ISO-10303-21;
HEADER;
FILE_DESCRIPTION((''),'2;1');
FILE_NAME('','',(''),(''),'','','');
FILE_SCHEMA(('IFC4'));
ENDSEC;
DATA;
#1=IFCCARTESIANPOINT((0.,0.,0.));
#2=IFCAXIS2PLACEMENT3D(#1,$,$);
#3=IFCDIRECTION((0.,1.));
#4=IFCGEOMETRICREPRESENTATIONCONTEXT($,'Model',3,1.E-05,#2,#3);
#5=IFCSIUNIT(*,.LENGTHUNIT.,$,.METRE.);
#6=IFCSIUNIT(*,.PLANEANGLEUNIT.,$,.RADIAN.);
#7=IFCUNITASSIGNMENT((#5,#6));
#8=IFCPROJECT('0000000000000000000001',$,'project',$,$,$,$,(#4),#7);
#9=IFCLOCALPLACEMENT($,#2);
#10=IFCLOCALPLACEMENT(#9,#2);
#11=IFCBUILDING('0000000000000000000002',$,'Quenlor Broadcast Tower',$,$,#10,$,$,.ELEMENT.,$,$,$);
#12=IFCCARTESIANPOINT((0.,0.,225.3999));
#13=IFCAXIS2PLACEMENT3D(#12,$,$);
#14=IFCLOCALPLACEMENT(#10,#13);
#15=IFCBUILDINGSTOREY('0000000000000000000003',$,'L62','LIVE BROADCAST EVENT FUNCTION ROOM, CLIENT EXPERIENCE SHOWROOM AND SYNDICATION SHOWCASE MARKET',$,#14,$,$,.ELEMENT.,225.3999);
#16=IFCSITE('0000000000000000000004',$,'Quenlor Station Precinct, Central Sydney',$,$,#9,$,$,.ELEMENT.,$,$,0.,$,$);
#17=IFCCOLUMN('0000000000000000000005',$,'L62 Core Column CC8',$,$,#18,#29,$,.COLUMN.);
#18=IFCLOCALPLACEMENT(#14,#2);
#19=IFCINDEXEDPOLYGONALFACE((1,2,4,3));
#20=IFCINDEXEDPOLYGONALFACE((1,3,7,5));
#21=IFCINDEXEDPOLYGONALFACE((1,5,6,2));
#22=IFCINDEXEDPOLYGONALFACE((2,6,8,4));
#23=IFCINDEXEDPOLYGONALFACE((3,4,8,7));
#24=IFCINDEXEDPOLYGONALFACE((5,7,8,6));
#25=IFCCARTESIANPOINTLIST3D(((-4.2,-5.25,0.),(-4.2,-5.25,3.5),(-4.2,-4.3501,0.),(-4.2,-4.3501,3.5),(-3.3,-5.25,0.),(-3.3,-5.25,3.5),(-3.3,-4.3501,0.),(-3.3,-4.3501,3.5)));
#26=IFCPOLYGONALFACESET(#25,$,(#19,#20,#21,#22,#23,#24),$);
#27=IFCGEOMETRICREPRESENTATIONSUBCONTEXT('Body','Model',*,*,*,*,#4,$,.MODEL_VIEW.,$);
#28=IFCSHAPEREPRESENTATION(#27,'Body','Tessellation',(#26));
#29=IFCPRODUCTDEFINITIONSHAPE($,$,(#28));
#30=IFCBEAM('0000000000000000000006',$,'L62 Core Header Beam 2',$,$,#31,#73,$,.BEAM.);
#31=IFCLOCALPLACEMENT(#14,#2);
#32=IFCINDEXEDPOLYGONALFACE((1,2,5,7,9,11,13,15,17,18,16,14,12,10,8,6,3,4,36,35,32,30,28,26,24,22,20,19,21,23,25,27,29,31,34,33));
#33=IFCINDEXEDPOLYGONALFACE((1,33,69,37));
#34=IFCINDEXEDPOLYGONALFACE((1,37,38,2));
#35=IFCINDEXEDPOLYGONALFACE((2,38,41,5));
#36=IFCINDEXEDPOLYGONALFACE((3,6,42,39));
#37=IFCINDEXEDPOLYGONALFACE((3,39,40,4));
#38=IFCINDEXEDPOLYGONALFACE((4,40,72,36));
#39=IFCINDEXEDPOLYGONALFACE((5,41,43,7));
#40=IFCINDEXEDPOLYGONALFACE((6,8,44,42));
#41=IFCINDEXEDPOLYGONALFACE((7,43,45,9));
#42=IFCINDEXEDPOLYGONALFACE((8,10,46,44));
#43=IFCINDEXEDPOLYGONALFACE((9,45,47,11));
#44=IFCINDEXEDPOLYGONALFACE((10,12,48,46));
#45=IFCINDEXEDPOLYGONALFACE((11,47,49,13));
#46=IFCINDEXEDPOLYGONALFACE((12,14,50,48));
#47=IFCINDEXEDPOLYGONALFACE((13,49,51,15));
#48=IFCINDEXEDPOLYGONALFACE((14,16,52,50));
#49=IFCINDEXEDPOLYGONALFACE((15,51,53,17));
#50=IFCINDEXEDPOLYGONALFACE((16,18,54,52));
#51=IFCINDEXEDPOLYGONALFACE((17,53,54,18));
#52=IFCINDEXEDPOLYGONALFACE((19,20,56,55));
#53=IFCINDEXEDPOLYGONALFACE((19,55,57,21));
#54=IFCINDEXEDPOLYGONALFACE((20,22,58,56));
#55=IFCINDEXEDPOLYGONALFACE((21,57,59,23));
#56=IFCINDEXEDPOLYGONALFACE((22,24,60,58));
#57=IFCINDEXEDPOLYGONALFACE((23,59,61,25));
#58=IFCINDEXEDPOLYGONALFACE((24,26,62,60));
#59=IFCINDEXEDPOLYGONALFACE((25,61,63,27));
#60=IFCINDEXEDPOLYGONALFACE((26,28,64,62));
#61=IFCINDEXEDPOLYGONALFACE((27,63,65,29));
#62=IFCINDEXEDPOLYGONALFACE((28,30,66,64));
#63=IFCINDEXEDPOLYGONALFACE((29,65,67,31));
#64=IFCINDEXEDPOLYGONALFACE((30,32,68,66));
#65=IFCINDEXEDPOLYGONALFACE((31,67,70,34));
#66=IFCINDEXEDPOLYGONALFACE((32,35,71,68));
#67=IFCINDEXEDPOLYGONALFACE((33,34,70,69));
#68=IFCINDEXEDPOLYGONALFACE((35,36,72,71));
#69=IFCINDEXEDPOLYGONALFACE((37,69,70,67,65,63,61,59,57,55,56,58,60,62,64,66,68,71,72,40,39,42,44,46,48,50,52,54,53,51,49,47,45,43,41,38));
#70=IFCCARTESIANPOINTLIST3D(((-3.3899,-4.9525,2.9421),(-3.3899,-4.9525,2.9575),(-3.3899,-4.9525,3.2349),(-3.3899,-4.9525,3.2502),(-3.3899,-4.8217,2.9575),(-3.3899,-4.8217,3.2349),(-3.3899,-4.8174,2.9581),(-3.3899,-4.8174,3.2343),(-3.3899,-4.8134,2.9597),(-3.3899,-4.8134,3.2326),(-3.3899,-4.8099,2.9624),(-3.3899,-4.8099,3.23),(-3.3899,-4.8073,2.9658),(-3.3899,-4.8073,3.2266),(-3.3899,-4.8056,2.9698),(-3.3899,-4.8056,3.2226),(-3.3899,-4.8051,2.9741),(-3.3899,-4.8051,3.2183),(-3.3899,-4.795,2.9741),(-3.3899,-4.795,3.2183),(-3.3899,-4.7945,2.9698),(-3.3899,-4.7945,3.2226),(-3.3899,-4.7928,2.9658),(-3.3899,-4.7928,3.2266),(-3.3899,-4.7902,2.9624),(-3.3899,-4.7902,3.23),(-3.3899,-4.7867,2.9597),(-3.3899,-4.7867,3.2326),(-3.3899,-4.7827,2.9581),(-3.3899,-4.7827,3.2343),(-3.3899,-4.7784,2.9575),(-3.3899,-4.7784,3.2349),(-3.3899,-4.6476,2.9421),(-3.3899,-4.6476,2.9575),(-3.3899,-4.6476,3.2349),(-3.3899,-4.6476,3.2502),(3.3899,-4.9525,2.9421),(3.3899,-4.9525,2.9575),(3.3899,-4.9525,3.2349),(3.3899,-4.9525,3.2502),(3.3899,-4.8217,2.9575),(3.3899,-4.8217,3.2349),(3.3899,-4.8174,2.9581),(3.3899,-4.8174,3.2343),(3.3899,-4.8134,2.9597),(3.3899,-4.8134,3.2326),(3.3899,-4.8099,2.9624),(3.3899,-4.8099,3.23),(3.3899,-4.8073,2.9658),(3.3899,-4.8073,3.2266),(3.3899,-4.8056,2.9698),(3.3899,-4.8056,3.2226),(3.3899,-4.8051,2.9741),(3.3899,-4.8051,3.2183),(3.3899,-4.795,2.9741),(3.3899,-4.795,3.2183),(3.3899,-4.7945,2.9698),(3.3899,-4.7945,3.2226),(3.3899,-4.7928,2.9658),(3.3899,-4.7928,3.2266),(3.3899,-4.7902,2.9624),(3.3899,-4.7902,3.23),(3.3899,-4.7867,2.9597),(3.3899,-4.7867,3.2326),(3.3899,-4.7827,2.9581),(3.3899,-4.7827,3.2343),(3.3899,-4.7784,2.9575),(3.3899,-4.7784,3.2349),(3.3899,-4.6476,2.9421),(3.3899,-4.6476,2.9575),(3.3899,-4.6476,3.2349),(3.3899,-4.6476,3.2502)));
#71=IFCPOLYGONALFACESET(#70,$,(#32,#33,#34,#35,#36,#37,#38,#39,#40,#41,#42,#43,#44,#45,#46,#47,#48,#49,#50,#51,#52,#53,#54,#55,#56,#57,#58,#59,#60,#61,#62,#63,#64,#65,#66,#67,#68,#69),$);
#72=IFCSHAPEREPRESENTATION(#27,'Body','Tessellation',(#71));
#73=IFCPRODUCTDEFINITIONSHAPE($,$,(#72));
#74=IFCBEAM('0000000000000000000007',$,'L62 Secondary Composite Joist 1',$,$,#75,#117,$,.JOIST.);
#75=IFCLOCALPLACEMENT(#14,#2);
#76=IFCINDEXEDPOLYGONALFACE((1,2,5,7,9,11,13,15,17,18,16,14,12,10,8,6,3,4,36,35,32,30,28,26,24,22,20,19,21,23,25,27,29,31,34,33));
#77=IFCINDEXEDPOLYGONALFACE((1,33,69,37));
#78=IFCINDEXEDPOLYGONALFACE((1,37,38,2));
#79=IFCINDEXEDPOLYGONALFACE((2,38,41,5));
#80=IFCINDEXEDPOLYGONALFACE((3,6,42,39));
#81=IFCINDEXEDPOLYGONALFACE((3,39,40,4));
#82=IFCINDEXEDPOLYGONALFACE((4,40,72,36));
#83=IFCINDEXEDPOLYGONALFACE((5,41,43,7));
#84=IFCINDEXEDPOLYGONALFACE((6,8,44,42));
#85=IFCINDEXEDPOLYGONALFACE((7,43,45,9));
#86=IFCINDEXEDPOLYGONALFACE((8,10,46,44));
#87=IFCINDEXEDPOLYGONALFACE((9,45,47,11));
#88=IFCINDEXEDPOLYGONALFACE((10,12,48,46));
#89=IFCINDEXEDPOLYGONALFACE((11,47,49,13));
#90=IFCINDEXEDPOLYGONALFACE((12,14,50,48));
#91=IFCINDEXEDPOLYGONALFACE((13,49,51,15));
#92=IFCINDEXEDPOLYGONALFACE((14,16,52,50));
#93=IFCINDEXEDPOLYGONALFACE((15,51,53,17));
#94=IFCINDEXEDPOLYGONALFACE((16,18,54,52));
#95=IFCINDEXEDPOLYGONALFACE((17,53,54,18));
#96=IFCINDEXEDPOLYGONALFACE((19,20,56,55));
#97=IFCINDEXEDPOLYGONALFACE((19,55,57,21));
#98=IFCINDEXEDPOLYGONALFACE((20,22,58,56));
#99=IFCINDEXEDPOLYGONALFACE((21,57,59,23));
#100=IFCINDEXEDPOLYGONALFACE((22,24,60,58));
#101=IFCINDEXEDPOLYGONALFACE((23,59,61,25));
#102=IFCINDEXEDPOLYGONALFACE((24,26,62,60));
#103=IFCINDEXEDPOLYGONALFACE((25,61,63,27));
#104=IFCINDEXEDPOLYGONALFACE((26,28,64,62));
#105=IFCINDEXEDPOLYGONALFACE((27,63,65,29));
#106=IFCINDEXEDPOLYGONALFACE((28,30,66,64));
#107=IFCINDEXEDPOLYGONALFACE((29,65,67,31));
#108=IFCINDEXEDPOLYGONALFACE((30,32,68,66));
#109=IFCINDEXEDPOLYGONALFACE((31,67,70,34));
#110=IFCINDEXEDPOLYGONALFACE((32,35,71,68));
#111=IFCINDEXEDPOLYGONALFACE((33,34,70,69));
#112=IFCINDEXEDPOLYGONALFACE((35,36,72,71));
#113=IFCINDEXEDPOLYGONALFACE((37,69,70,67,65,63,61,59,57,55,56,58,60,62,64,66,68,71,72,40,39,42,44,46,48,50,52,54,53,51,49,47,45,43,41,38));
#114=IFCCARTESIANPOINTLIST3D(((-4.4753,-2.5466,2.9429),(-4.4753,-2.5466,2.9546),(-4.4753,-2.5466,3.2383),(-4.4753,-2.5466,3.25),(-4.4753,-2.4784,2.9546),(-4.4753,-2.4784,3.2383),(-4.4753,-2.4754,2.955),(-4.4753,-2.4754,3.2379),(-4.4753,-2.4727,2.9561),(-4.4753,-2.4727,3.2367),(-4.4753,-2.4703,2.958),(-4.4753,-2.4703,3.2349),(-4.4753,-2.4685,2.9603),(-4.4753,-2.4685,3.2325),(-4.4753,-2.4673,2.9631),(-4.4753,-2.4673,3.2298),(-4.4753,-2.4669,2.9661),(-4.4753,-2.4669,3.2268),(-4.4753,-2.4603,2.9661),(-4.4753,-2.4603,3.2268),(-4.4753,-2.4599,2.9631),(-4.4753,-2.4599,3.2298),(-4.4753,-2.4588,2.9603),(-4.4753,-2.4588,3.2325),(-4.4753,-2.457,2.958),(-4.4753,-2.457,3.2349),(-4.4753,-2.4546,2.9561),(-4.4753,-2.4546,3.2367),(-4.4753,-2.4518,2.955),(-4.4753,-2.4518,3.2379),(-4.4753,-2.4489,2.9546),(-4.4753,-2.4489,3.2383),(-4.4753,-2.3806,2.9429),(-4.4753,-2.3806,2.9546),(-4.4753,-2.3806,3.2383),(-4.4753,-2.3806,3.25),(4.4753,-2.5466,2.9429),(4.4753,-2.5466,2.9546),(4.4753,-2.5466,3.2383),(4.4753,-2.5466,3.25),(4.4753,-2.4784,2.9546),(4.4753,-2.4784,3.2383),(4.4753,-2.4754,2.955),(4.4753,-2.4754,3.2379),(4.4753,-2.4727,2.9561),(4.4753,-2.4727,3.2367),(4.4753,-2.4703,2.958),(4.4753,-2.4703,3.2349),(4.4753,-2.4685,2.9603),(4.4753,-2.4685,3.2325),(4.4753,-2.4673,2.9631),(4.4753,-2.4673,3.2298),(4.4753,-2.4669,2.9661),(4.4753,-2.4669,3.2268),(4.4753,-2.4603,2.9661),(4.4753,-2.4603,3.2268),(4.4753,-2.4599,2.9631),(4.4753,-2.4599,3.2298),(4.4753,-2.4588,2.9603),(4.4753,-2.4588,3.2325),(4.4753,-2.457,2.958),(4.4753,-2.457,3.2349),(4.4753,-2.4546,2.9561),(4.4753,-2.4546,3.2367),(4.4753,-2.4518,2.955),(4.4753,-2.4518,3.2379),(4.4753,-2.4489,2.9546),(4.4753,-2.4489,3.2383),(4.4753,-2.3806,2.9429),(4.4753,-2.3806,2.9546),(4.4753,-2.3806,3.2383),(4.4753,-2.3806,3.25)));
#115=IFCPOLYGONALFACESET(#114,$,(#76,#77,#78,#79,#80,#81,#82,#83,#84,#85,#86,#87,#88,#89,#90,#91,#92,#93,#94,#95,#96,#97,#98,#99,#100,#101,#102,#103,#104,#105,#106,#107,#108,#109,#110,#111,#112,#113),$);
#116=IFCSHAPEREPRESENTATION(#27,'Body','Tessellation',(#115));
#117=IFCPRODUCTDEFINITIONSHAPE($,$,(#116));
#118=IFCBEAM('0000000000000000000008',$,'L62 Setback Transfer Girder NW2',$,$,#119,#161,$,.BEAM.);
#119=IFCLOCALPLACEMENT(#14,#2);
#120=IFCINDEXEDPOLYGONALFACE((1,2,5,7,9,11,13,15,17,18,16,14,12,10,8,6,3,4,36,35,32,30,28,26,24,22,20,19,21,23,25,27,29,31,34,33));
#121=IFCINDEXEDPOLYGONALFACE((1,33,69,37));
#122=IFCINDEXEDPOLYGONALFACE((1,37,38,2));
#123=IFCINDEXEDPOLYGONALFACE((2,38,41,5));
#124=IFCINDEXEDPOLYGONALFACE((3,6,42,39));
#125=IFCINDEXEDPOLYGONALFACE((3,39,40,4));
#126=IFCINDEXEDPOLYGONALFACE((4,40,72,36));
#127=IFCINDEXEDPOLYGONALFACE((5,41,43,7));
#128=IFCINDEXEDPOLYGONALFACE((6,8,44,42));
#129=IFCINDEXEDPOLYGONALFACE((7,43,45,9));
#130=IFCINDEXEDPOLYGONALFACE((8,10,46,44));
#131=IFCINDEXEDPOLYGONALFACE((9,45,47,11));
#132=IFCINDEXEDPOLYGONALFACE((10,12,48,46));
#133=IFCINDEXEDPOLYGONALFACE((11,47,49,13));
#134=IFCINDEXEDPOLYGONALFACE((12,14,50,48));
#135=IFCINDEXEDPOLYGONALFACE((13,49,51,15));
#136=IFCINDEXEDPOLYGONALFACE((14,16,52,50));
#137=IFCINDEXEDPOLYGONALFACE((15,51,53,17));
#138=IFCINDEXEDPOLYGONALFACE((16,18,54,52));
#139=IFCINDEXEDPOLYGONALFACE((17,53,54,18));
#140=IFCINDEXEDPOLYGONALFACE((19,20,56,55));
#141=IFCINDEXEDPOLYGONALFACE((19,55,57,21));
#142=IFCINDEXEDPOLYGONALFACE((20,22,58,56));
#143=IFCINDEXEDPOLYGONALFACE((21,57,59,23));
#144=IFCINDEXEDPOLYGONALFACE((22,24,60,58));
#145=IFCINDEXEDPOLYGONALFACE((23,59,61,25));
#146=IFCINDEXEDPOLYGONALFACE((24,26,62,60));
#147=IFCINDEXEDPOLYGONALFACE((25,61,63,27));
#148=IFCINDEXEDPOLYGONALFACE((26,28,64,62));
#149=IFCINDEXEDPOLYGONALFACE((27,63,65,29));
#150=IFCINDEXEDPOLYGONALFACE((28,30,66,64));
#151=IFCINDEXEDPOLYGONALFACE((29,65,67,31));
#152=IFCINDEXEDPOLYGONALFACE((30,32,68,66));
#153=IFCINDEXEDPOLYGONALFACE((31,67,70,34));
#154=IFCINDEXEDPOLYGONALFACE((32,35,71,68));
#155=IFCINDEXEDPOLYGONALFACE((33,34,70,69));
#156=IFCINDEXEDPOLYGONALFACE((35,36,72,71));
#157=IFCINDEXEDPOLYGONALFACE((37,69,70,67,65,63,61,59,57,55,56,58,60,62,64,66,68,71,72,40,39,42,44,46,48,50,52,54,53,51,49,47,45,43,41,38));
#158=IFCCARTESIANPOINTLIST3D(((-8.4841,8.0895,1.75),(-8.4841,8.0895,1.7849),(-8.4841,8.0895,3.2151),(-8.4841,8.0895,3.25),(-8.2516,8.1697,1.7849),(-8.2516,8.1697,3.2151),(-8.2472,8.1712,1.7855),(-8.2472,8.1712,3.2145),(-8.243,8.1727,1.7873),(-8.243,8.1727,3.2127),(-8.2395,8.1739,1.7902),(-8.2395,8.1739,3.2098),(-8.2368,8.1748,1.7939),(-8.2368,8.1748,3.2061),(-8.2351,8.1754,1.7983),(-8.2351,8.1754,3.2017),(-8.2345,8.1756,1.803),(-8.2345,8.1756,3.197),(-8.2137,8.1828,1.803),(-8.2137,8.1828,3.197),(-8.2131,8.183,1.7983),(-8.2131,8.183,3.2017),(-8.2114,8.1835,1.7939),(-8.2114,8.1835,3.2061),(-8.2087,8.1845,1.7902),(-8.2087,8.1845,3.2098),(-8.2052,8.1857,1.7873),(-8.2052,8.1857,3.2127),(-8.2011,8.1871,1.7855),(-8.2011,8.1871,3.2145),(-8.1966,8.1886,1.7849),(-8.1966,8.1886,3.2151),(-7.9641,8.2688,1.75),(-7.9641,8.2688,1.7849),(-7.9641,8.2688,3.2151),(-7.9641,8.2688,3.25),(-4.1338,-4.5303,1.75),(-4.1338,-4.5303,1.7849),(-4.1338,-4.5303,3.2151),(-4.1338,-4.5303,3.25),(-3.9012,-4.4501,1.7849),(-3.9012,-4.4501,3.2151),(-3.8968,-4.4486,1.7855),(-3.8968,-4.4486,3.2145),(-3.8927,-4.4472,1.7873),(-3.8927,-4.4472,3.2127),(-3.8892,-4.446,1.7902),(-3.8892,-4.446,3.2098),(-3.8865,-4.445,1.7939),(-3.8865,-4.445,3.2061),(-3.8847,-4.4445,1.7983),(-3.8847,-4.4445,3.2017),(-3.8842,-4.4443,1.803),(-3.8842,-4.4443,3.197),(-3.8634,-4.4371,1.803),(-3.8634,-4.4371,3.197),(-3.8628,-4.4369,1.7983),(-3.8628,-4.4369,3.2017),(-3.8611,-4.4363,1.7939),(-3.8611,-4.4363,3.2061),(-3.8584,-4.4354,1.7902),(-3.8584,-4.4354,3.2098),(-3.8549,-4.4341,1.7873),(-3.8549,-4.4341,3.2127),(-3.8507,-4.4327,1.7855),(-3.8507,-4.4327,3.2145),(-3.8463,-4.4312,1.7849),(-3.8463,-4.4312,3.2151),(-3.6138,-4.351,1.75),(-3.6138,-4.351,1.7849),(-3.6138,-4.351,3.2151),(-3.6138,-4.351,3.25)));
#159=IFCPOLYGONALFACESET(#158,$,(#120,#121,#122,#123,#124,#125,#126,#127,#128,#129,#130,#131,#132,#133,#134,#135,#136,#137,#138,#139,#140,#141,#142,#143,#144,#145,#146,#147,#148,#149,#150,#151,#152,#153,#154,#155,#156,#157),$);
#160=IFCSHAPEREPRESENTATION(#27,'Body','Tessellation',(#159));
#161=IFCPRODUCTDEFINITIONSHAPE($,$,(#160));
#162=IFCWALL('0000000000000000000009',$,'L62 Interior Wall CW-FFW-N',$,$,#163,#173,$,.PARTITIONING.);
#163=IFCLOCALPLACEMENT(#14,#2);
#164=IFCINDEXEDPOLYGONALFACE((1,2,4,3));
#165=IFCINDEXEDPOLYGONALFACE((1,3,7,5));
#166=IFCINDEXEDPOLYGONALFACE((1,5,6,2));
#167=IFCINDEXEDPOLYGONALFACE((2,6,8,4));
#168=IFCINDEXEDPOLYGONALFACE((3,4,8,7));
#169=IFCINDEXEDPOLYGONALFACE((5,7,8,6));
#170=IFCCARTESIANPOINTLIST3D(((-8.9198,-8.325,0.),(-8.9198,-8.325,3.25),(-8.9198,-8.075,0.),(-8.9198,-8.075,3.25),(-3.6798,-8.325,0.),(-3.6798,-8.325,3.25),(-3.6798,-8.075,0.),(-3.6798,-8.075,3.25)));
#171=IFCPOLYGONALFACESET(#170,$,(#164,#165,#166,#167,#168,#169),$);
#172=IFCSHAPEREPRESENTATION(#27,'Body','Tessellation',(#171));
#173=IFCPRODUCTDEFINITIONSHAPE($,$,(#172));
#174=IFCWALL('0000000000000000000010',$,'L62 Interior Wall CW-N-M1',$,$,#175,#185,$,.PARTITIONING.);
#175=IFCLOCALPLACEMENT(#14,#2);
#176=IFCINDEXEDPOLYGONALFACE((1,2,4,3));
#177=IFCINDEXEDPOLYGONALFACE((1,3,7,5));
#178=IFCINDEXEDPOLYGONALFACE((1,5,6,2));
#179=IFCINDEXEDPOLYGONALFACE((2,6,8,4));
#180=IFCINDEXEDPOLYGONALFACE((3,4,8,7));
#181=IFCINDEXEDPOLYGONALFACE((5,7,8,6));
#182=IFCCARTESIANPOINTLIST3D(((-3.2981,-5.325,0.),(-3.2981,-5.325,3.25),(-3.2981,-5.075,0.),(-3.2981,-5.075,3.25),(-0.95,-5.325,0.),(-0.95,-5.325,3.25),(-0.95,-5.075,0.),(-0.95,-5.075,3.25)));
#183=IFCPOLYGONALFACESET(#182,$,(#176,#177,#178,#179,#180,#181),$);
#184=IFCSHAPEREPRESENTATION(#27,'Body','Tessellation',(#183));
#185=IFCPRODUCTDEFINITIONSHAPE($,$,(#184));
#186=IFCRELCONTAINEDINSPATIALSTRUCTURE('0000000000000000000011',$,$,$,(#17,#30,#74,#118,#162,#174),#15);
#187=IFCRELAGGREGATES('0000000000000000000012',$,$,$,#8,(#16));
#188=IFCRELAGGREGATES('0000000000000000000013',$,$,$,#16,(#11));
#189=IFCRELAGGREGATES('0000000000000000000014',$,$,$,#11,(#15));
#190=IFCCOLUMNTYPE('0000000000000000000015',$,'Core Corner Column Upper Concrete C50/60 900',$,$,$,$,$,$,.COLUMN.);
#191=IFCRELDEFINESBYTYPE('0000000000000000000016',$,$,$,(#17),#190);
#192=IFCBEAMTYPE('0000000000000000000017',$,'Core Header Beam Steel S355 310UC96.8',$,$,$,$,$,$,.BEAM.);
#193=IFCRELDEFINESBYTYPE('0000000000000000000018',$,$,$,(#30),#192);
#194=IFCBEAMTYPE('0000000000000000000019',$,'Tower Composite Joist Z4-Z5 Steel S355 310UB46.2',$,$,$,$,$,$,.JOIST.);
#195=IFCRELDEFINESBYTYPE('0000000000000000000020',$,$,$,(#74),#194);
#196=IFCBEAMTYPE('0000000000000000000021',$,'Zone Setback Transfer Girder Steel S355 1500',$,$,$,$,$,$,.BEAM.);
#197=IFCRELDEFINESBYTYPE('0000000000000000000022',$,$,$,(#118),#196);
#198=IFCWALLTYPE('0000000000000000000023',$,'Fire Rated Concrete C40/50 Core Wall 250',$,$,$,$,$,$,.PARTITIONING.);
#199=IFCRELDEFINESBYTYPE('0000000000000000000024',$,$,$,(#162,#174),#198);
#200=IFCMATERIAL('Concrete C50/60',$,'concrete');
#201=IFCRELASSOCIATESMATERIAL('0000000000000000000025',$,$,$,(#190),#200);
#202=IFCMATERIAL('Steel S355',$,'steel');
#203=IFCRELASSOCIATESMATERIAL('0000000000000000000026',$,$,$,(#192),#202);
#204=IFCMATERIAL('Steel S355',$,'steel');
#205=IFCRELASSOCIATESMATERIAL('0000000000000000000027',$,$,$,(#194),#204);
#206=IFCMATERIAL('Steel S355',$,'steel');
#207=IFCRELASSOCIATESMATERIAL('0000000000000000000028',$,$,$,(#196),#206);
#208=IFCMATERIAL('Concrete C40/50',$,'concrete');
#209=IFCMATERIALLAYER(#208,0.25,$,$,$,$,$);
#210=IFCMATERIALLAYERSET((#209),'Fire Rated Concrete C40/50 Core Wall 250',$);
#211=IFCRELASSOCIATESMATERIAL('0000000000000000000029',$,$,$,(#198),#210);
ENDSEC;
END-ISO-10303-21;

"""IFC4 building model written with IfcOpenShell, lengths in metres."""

from ifc_helpers import new_model, si_unit, direction, frame, frame_2d, origin, origin_2d, place, context, subcontext, project, spatial, rectangle, i_section, extrude, material, layer, layer_set, material_profile, profile_set, type_object, element, save


model = new_model("IFC4")

# Units and contexts
model_context = context("Model", 3, precision=1e-05, world=origin(), true_north=direction((0.0, 1.0)))
body_context = subcontext(model_context, "Body", "Model", "MODEL_VIEW")
ifc_project = project(units=[si_unit("LENGTHUNIT", "METRE"), si_unit("PLANEANGLEUNIT", "RADIAN")], contexts=[model_context])

# Site, building, storey
site_placement = place(None, origin())
site = spatial("IfcSite", under=ifc_project, at=site_placement, Name="Quenlor Station Precinct, Central Sydney", CompositionType="ELEMENT", RefElevation=0.0)
building_placement = place(site_placement, origin())
building = spatial("IfcBuilding", under=site, at=building_placement, Name="Quenlor Broadcast Tower", CompositionType="ELEMENT")
storey_placement = place(building_placement, frame((0.0, 0.0, 225.3999)))
storey = spatial("IfcBuildingStorey", under=building, at=storey_placement, Name="L62", Description="LIVE BROADCAST EVENT FUNCTION ROOM, CLIENT EXPERIENCE SHOWROOM AND SYNDICATION SHOWCASE MARKET", CompositionType="ELEMENT", Elevation=225.3999)

# Column
ifc_material_1 = material(Name="Concrete C50/60", Category="concrete")
ifc_material_profile_1 = material_profile(ifc_material_1, rectangle(XDim=0.8999, YDim=0.8999, at=origin_2d()))
ifc_profile_set_1 = profile_set([ifc_material_profile_1], Name="Concrete C50/60 RC900x900")
column_type = type_object("IfcColumnType", Name="Core Corner Column Upper Concrete C50/60 900", PredefinedType="COLUMN", material=ifc_profile_set_1)
column_placement = place(storey_placement, frame((-3.75, -4.8, 0.0), z_axis=(0.0, 0.0, 1.0), x_axis=(1.0, 0.0, 0.0)))
element("IfcColumn", 1, at=column_placement, inside=storey, type_object=column_type, Name="L62 Core Column CC8", PredefinedType="COLUMN", context=body_context, shape_type="SweptSolid", body=[
    extrude(rectangle(XDim=0.8999, YDim=0.8999, at=origin_2d()), origin(), (0.0, 0.0, 1.0), 3.5),
])

# Beams
ifc_material_2 = material(Name="Steel S355", Category="steel")
ifc_material_profile_2 = material_profile(ifc_material_2, i_section(OverallWidth=0.3049, OverallDepth=0.3081, WebThickness=0.01, FlangeThickness=0.0154, FilletRadius=0.0166, at=origin_2d()))
ifc_profile_set_2 = profile_set([ifc_material_profile_2], Name="Steel S355 310UC96.8")
beam_type_1 = type_object("IfcBeamType", Name="Core Header Beam Steel S355 310UC96.8", PredefinedType="BEAM", material=ifc_profile_set_2)
beam_1_placement = place(storey_placement, frame((-3.3899, -4.8, 3.0962), z_axis=(1.0, 0.0, 0.0), x_axis=(0.0, 1.0, 0.0)))
element("IfcBeam", 2, at=beam_1_placement, inside=storey, type_object=beam_type_1, Name="L62 Core Header Beam 2", PredefinedType="BEAM", context=body_context, shape_type="SweptSolid", body=[
    extrude(i_section(OverallWidth=0.3049, OverallDepth=0.3081, WebThickness=0.01, FlangeThickness=0.0154, FilletRadius=0.0166, at=origin_2d()), origin(), (0.0, 0.0, 1.0), 6.7798),
])
ifc_material_3 = material(Name="Steel S355", Category="steel")
ifc_material_profile_3 = material_profile(ifc_material_3, i_section(OverallWidth=0.166, OverallDepth=0.3071, WebThickness=0.0066, FlangeThickness=0.0117, FilletRadius=0.0115, at=origin_2d()))
ifc_profile_set_3 = profile_set([ifc_material_profile_3], Name="Steel S355 310UB46.2")
beam_type_2 = type_object("IfcBeamType", Name="Tower Composite Joist Z4-Z5 Steel S355 310UB46.2", PredefinedType="JOIST", material=ifc_profile_set_3)
beam_2_placement = place(storey_placement, frame((-4.4753, -2.4636, 3.0964), z_axis=(1.0, 0.0, 0.0), x_axis=(0.0, 1.0, 0.0)))
element("IfcBeam", 3, at=beam_2_placement, inside=storey, type_object=beam_type_2, Name="L62 Secondary Composite Joist 1", PredefinedType="JOIST", context=body_context, shape_type="SweptSolid", body=[
    extrude(i_section(OverallWidth=0.166, OverallDepth=0.3071, WebThickness=0.0066, FlangeThickness=0.0117, FilletRadius=0.0115, at=origin_2d()), origin(), (0.0, 0.0, 1.0), 8.9507),
])
ifc_material_4 = material(Name="Steel S355", Category="steel")
ifc_material_profile_4 = material_profile(ifc_material_4, i_section(OverallWidth=0.55, OverallDepth=1.5, WebThickness=0.022, FlangeThickness=0.0349, FilletRadius=0.0181, at=origin_2d()))
ifc_profile_set_4 = profile_set([ifc_material_profile_4], Name="Steel S355 1500TG510")
beam_type_3 = type_object("IfcBeamType", Name="Zone Setback Transfer Girder Steel S355 1500", PredefinedType="BEAM", material=ifc_profile_set_4)
beam_3_placement = place(storey_placement, frame((-3.8738, -4.4407, 2.5), z_axis=(-0.325901, 0.945404, 0.0), x_axis=(-0.945404, -0.325901, 0.0)))
element("IfcBeam", 4, at=beam_3_placement, inside=storey, type_object=beam_type_3, Name="L62 Setback Transfer Girder NW2", PredefinedType="BEAM", context=body_context, shape_type="SweptSolid", body=[
    extrude(i_section(OverallWidth=0.55, OverallDepth=1.5, WebThickness=0.022, FlangeThickness=0.0349, FilletRadius=0.0181, at=origin_2d()), origin(), (0.0, 0.0, 1.0), 13.3486),
])

# Walls
ifc_material_5 = material(Name="Concrete C40/50", Category="concrete")
ifc_layer_1 = layer(ifc_material_5, 0.25)
ifc_layer_set_1 = layer_set([ifc_layer_1], Name="Fire Rated Concrete C40/50 Core Wall 250")
wall_type_1 = type_object("IfcWallType", Name="Fire Rated Concrete C40/50 Core Wall 250", PredefinedType="PARTITIONING", material=ifc_layer_set_1)
wall_1_placement = place(storey_placement, frame((-8.9199, -8.2, 0.0), z_axis=(0.0, 0.0, 1.0), x_axis=(1.0, 0.0, 0.0)))
element("IfcWall", 5, at=wall_1_placement, inside=storey, type_object=wall_type_1, Name="L62 Interior Wall CW-FFW-N", PredefinedType="PARTITIONING", context=body_context, shape_type="SweptSolid", body=[
    extrude(rectangle(XDim=5.24, YDim=0.25, at=frame_2d((2.6201, 0.0))), origin(), (0.0, 0.0, 1.0), 3.25),
])
wall_2_placement = place(storey_placement, frame((-3.2981, -5.2, 0.0), z_axis=(0.0, 0.0, 1.0), x_axis=(1.0, 0.0, 0.0)))
element("IfcWall", 6, at=wall_2_placement, inside=storey, type_object=wall_type_1, Name="L62 Interior Wall CW-N-M1", PredefinedType="PARTITIONING", context=body_context, shape_type="SweptSolid", body=[
    extrude(rectangle(XDim=2.3481, YDim=0.25, at=frame_2d((1.1741, 0.0))), origin(), (0.0, 0.0, 1.0), 3.25),
])

save(model, "model.ifc")
